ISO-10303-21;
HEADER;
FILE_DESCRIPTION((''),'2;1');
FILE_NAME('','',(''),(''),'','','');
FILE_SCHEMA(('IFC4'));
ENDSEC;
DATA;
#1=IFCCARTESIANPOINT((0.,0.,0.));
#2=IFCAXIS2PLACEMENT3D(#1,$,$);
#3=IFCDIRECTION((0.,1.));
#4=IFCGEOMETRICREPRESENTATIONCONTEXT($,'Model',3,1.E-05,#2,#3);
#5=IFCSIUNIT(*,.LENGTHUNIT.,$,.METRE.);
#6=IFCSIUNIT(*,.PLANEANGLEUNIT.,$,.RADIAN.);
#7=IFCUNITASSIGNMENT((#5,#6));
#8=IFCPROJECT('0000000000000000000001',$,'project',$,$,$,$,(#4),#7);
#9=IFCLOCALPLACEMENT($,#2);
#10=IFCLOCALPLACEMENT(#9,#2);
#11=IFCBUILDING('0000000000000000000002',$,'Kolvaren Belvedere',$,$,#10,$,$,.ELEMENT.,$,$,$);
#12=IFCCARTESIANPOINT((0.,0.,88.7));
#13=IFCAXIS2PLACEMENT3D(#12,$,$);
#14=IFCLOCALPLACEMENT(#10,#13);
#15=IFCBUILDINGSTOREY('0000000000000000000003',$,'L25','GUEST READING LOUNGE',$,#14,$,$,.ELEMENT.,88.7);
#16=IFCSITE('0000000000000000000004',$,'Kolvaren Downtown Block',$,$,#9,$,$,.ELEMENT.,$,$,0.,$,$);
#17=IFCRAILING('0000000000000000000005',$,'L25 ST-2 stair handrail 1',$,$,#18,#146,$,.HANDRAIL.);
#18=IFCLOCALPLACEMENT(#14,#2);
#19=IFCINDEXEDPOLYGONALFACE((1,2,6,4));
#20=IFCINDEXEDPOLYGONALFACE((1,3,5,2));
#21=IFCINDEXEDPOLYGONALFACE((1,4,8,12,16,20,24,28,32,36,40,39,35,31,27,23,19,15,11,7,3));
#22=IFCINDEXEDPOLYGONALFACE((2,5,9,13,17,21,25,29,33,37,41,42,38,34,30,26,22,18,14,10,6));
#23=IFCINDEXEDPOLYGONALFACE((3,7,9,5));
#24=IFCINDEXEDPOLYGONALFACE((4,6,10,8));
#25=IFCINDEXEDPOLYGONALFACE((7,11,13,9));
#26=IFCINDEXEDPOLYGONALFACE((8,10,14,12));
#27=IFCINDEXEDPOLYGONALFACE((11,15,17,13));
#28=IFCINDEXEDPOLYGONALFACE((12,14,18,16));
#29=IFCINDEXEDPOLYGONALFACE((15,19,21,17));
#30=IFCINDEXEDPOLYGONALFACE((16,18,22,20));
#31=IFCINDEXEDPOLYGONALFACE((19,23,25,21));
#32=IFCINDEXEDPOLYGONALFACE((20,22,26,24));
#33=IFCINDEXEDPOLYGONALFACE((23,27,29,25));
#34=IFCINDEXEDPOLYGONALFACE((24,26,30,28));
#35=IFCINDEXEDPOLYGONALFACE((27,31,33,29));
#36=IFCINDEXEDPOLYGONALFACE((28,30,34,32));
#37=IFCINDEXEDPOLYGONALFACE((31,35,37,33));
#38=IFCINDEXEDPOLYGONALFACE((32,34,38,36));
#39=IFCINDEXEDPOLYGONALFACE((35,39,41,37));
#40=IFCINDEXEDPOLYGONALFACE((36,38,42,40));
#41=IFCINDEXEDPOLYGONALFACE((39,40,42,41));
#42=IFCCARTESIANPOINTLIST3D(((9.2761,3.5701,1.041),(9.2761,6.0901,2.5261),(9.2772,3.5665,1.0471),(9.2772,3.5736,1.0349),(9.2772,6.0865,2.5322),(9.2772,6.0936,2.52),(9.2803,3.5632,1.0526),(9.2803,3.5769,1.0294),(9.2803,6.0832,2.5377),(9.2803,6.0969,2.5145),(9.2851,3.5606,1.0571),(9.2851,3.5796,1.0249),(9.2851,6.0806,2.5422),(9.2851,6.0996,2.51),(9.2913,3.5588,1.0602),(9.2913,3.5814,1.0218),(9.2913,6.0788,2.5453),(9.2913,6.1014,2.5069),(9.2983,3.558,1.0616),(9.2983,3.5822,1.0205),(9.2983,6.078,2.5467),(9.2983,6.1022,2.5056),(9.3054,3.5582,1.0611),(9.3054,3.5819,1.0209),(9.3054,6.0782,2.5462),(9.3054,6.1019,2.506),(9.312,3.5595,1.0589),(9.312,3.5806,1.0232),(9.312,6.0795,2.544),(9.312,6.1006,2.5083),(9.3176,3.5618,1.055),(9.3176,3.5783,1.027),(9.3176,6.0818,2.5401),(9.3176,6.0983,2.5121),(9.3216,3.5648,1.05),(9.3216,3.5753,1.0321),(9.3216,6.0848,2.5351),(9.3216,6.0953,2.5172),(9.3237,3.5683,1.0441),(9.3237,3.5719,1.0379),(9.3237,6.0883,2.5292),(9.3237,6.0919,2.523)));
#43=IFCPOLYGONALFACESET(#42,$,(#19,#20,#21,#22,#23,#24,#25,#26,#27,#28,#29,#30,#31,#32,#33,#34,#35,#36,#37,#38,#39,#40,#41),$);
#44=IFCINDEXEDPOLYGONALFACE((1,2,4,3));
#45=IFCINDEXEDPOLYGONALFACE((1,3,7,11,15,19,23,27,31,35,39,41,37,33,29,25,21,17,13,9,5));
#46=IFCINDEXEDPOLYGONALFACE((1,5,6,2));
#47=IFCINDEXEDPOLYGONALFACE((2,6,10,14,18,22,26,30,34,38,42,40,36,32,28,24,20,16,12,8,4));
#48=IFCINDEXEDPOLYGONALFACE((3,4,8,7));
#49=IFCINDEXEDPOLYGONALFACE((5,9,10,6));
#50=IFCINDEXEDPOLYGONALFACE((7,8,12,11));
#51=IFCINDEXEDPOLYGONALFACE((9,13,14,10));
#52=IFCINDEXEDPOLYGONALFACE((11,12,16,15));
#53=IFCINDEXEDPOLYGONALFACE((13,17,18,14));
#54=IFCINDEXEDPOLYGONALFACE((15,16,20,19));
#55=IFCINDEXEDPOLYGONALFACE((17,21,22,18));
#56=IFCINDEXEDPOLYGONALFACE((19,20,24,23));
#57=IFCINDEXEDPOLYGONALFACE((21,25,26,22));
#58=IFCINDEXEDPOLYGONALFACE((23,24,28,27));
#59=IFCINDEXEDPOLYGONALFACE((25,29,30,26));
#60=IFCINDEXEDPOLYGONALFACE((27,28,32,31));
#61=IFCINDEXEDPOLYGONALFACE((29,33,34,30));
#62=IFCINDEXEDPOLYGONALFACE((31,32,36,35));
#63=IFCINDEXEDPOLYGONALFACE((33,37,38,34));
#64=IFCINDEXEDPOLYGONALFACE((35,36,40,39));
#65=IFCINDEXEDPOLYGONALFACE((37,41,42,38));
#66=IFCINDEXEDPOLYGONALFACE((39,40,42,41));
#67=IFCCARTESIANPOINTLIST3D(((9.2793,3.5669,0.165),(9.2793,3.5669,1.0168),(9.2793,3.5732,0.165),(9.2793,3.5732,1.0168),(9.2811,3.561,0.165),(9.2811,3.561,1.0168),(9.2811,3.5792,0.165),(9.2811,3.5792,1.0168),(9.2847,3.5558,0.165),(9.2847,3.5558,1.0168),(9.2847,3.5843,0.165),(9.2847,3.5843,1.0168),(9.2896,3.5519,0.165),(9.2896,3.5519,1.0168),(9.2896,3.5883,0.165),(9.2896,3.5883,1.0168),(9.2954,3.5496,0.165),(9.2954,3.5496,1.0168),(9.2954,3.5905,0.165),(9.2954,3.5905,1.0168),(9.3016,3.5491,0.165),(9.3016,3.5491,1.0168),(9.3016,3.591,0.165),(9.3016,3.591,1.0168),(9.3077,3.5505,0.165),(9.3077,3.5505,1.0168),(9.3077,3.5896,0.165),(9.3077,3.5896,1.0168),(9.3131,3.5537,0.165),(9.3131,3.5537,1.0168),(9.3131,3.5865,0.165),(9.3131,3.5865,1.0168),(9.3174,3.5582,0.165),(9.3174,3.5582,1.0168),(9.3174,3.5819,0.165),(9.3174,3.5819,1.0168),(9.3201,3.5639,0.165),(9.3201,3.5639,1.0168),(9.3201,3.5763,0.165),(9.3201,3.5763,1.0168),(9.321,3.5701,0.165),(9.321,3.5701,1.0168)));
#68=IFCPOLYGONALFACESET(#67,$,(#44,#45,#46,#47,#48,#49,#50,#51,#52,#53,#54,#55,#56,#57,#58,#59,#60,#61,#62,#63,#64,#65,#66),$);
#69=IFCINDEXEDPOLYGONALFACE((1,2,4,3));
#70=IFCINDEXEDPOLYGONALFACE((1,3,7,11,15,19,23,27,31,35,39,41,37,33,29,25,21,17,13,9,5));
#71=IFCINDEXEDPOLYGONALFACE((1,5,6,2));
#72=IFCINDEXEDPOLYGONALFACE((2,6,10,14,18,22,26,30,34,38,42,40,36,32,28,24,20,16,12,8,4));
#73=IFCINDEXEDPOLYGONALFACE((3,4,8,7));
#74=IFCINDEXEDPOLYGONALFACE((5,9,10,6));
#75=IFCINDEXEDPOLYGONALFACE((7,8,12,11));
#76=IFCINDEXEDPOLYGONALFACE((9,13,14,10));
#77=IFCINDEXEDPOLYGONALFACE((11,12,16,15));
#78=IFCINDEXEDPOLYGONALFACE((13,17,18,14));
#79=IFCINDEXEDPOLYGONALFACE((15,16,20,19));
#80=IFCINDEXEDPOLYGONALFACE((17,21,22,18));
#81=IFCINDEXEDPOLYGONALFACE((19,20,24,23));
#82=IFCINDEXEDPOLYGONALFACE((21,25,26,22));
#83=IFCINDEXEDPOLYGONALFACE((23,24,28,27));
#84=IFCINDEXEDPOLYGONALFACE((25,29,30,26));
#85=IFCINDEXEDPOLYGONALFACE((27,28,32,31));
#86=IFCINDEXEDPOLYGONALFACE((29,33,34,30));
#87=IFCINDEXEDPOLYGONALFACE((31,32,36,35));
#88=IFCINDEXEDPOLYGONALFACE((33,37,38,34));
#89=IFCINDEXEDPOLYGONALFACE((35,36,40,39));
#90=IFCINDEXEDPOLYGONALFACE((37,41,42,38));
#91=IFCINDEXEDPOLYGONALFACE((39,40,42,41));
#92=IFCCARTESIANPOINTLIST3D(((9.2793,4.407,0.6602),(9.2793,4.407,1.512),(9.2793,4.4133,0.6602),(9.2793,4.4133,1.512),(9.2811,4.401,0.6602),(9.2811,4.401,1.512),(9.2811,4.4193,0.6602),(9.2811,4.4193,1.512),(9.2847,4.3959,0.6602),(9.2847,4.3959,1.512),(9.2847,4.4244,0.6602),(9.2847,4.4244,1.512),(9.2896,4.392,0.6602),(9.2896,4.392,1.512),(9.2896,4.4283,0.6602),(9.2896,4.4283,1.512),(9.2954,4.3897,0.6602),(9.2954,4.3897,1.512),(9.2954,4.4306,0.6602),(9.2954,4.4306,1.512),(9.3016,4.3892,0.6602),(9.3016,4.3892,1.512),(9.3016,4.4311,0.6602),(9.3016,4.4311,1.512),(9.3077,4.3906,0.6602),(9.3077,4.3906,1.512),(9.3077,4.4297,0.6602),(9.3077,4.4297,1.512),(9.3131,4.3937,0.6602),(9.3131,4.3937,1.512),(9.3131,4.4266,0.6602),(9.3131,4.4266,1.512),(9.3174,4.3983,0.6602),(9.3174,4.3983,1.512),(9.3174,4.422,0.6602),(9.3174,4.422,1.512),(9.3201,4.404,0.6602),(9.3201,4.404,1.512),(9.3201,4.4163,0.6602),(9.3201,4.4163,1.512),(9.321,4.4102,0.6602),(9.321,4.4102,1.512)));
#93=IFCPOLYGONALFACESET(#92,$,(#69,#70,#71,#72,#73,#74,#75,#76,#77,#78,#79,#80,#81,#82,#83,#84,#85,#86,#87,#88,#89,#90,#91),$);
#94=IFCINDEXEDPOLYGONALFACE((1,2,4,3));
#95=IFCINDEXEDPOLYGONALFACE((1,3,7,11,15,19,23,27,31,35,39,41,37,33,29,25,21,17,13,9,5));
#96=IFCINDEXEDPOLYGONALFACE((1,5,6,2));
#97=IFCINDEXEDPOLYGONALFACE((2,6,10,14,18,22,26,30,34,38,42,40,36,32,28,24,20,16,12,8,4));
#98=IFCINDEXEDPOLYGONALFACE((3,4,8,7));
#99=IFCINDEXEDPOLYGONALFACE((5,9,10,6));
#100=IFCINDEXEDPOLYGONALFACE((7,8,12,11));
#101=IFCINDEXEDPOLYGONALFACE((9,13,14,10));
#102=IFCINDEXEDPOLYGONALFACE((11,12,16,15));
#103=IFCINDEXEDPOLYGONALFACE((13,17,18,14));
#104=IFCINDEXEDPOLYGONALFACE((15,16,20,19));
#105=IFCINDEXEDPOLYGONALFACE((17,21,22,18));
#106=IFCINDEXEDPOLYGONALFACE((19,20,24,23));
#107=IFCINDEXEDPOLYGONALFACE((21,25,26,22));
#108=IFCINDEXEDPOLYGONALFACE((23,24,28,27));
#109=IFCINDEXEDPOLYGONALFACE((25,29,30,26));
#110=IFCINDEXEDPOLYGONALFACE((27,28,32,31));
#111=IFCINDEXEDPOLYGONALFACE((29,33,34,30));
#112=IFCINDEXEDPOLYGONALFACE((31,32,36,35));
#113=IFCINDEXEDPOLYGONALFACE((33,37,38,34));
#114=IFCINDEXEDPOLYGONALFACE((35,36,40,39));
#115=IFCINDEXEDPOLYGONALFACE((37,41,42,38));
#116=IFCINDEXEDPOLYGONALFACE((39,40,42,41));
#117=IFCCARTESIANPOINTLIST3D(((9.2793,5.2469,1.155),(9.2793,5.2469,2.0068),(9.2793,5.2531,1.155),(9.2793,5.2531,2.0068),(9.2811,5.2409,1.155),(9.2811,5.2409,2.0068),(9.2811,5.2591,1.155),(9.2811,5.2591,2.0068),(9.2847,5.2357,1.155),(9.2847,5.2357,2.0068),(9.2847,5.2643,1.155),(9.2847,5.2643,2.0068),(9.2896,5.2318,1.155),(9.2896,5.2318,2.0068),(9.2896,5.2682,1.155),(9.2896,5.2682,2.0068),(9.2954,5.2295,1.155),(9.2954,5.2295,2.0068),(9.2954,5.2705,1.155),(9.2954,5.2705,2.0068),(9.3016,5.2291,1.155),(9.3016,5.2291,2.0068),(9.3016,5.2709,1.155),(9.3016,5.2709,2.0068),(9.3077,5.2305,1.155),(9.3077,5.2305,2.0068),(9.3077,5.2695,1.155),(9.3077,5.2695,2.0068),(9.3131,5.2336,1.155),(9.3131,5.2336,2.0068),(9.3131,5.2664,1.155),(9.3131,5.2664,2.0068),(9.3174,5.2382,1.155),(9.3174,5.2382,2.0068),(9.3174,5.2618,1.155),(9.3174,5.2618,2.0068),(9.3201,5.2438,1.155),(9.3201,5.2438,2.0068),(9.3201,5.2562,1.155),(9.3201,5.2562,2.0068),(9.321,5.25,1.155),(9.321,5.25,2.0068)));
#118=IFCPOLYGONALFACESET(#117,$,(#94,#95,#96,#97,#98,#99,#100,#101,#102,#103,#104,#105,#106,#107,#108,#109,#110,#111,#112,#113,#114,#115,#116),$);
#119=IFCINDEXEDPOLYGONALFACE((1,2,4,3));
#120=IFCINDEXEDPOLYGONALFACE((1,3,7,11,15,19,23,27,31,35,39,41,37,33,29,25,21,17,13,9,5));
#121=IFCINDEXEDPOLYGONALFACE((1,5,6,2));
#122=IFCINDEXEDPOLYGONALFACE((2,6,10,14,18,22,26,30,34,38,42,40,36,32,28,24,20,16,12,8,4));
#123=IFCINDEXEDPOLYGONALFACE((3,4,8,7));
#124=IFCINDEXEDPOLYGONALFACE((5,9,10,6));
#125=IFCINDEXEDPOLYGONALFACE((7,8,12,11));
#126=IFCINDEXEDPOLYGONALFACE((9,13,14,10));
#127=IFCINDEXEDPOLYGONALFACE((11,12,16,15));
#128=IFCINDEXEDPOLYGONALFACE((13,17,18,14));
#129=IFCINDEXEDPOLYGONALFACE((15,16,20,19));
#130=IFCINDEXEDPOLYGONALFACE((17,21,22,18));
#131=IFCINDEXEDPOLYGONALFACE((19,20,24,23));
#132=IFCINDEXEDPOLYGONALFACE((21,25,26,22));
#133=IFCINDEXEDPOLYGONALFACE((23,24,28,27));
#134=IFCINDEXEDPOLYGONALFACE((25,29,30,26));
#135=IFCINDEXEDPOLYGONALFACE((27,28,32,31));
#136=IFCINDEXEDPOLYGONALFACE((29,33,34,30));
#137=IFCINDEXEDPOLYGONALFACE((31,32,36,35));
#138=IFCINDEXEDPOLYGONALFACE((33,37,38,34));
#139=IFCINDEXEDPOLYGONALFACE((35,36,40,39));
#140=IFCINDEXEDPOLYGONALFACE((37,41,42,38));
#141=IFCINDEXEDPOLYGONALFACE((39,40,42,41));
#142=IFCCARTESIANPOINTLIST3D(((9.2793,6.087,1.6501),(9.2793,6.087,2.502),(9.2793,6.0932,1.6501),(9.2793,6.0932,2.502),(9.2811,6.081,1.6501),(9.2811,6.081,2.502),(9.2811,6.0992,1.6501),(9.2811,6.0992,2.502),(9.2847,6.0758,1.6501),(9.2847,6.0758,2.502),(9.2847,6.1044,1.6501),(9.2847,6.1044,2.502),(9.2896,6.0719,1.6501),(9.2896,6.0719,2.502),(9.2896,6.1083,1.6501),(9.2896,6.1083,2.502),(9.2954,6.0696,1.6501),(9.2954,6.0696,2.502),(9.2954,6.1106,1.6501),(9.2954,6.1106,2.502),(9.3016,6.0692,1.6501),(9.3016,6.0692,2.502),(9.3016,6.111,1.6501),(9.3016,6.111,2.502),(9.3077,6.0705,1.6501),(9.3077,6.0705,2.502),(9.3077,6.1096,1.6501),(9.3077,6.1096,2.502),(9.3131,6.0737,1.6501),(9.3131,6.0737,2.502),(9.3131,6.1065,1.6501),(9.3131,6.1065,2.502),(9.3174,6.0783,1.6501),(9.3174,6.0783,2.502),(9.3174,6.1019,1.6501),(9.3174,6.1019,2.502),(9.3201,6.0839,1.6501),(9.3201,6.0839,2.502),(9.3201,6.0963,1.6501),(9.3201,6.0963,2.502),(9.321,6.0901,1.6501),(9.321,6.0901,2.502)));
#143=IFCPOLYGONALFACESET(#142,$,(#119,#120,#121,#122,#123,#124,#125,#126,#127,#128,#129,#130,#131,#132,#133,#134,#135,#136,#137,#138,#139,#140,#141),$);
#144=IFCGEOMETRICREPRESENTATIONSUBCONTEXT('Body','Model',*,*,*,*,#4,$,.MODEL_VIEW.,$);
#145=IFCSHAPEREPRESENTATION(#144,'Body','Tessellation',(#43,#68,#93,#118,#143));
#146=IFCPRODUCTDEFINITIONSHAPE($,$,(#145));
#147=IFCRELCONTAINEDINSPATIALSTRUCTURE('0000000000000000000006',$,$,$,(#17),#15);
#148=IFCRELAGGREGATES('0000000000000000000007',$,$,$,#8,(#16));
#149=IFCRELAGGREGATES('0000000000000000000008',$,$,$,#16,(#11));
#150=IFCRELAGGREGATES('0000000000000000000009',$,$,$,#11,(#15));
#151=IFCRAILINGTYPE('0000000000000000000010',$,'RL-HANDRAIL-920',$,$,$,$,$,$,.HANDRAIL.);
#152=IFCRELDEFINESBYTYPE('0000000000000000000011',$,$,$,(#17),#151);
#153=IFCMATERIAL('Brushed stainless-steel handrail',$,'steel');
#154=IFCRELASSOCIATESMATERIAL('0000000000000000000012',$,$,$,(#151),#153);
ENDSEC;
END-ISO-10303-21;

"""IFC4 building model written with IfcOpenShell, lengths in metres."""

from ifc_helpers import new_model, si_unit, direction, frame, origin, origin_2d, place, context, subcontext, project, spatial, circle, extrude, material, type_object, element, save


model = new_model("IFC4")

# Units and contexts
model_context = context("Model", 3, precision=1e-05, world=origin(), true_north=direction((0.0, 1.0)))
body_context = subcontext(model_context, "Body", "Model", "MODEL_VIEW")
ifc_project = project(units=[si_unit("LENGTHUNIT", "METRE"), si_unit("PLANEANGLEUNIT", "RADIAN")], contexts=[model_context])

# Site, building, storey
site_placement = place(None, origin())
site = spatial("IfcSite", under=ifc_project, at=site_placement, Name="Kolvaren Downtown Block", CompositionType="ELEMENT", RefElevation=0.0)
building_placement = place(site_placement, origin())
building = spatial("IfcBuilding", under=site, at=building_placement, Name="Kolvaren Belvedere", CompositionType="ELEMENT")
storey_placement = place(building_placement, frame((0.0, 0.0, 88.7)))
storey = spatial("IfcBuildingStorey", under=building, at=storey_placement, Name="L25", Description="GUEST READING LOUNGE", CompositionType="ELEMENT", Elevation=88.7)

# Railing
ifc_material_1 = material(Name="Brushed stainless-steel handrail", Category="steel")
railing_type_1 = type_object("IfcRailingType", Name="RL-HANDRAIL-920", PredefinedType="HANDRAIL", material=ifc_material_1)
railing_1_placement = place(storey_placement, frame((9.3, 3.5701, 0.165)))
element("IfcRailing", 1, at=railing_1_placement, inside=storey, type_object=railing_type_1, Name="L25 ST-2 stair handrail 1", PredefinedType="HANDRAIL", context=body_context, shape_type="SweptSolid", body=[
    extrude(circle(Radius=0.0239, at=origin_2d()), frame((0.0, 0.0, 0.876), z_axis=(0.0, 0.861524, 0.507717), x_axis=(-1.0, 0.0, 0.0)), (0.0, 0.0, 1.0), 2.925),
    extrude(circle(Radius=0.021, at=origin_2d()), origin(), (0.0, 0.0, 1.0), 0.8518),
    extrude(circle(Radius=0.021, at=origin_2d()), frame((0.0, 0.8401, 0.4951)), (0.0, 0.0, 1.0), 0.8518),
    extrude(circle(Radius=0.021, at=origin_2d()), frame((0.0, 1.6799, 0.99)), (0.0, 0.0, 1.0), 0.8518),
    extrude(circle(Radius=0.021, at=origin_2d()), frame((0.0, 2.52, 1.4851)), (0.0, 0.0, 1.0), 0.8518),
])

save(model, "model.ifc")
